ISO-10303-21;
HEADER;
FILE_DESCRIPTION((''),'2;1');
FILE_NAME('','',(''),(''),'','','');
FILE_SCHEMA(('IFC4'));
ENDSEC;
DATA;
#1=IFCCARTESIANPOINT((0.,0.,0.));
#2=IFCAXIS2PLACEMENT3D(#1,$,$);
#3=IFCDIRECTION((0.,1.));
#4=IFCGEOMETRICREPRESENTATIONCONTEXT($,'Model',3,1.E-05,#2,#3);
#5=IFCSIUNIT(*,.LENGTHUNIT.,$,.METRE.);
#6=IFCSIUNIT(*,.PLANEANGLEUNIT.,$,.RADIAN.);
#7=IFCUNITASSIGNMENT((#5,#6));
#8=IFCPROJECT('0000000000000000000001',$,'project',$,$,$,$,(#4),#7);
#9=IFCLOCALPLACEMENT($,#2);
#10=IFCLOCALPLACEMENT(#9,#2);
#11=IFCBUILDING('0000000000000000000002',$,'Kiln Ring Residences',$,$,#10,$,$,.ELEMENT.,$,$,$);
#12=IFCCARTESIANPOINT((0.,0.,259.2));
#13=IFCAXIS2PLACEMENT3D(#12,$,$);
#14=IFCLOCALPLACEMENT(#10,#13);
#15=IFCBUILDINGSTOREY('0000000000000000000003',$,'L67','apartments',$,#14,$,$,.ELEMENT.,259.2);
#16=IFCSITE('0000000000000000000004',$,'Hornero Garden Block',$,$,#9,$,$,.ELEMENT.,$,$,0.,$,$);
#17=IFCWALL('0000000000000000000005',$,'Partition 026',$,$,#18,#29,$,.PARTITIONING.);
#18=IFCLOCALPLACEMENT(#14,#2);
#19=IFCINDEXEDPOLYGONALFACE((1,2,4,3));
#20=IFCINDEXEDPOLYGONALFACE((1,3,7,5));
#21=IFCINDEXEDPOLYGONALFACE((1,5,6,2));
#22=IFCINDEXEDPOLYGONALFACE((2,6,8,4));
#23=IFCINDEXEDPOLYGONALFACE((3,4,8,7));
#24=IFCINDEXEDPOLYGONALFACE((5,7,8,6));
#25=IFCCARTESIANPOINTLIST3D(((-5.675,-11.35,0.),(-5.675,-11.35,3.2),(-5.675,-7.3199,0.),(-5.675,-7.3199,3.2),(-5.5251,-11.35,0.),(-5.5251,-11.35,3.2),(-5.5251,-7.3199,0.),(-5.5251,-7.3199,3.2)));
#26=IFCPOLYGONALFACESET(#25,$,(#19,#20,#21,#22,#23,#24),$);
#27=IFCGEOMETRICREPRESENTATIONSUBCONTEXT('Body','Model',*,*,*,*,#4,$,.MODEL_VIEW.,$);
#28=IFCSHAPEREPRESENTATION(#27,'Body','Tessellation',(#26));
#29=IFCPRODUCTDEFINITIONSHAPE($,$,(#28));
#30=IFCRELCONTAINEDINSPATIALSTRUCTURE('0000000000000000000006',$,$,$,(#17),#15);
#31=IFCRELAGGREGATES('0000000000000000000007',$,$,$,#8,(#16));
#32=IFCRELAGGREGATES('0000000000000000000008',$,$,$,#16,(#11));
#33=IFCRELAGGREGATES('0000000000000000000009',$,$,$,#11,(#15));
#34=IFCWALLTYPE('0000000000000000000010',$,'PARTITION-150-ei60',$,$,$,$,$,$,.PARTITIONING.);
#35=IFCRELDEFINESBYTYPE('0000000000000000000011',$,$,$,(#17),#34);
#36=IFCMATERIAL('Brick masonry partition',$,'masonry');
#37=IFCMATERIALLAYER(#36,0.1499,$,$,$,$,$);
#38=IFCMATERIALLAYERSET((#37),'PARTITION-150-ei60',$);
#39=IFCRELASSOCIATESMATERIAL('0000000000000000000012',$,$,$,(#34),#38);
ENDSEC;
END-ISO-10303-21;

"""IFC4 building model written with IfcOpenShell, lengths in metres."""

from ifc_helpers import new_model, si_unit, direction, frame, frame_2d, origin, place, context, subcontext, project, spatial, rectangle, extrude, material, layer, layer_set, type_object, element, save


model = new_model("IFC4")

# Units and contexts
model_context = context("Model", 3, precision=1e-05, world=origin(), true_north=direction((0.0, 1.0)))
body_context = subcontext(model_context, "Body", "Model", "MODEL_VIEW")
ifc_project = project(units=[si_unit("LENGTHUNIT", "METRE"), si_unit("PLANEANGLEUNIT", "RADIAN")], contexts=[model_context])

# Site, building, storey
site_placement = place(None, origin())
site = spatial("IfcSite", under=ifc_project, at=site_placement, Name="Hornero Garden Block", CompositionType="ELEMENT", RefElevation=0.0)
building_placement = place(site_placement, origin())
building = spatial("IfcBuilding", under=site, at=building_placement, Name="Kiln Ring Residences", CompositionType="ELEMENT")
storey_placement = place(building_placement, frame((0.0, 0.0, 259.2)))
storey = spatial("IfcBuildingStorey", under=building, at=storey_placement, Name="L67", Description="apartments", CompositionType="ELEMENT", Elevation=259.2)

# Shared definitions
ifc_material_1 = material(Name="Brick masonry partition", Category="masonry")
ifc_layer_1 = layer(ifc_material_1, 0.1499)
ifc_layer_set_1 = layer_set([ifc_layer_1], Name="PARTITION-150-ei60")
wall_type_1 = type_object("IfcWallType", Name="PARTITION-150-ei60", PredefinedType="PARTITIONING", material=ifc_layer_set_1)

# Wall
wall_1_placement = place(storey_placement, frame((-5.6001, -11.3501, 0.0), z_axis=(0.0, 0.0, 1.0), x_axis=(0.0, 1.0, 0.0)))
element("IfcWall", 1, at=wall_1_placement, inside=storey, type_object=wall_type_1, Name="Partition 026", PredefinedType="PARTITIONING", context=body_context, shape_type="SweptSolid", body=[
    extrude(rectangle(XDim=4.03, YDim=0.1499, at=frame_2d((2.0151, 0.0))), origin(), (0.0, 0.0, 1.0), 3.2),
])

save(model, "model.ifc")
